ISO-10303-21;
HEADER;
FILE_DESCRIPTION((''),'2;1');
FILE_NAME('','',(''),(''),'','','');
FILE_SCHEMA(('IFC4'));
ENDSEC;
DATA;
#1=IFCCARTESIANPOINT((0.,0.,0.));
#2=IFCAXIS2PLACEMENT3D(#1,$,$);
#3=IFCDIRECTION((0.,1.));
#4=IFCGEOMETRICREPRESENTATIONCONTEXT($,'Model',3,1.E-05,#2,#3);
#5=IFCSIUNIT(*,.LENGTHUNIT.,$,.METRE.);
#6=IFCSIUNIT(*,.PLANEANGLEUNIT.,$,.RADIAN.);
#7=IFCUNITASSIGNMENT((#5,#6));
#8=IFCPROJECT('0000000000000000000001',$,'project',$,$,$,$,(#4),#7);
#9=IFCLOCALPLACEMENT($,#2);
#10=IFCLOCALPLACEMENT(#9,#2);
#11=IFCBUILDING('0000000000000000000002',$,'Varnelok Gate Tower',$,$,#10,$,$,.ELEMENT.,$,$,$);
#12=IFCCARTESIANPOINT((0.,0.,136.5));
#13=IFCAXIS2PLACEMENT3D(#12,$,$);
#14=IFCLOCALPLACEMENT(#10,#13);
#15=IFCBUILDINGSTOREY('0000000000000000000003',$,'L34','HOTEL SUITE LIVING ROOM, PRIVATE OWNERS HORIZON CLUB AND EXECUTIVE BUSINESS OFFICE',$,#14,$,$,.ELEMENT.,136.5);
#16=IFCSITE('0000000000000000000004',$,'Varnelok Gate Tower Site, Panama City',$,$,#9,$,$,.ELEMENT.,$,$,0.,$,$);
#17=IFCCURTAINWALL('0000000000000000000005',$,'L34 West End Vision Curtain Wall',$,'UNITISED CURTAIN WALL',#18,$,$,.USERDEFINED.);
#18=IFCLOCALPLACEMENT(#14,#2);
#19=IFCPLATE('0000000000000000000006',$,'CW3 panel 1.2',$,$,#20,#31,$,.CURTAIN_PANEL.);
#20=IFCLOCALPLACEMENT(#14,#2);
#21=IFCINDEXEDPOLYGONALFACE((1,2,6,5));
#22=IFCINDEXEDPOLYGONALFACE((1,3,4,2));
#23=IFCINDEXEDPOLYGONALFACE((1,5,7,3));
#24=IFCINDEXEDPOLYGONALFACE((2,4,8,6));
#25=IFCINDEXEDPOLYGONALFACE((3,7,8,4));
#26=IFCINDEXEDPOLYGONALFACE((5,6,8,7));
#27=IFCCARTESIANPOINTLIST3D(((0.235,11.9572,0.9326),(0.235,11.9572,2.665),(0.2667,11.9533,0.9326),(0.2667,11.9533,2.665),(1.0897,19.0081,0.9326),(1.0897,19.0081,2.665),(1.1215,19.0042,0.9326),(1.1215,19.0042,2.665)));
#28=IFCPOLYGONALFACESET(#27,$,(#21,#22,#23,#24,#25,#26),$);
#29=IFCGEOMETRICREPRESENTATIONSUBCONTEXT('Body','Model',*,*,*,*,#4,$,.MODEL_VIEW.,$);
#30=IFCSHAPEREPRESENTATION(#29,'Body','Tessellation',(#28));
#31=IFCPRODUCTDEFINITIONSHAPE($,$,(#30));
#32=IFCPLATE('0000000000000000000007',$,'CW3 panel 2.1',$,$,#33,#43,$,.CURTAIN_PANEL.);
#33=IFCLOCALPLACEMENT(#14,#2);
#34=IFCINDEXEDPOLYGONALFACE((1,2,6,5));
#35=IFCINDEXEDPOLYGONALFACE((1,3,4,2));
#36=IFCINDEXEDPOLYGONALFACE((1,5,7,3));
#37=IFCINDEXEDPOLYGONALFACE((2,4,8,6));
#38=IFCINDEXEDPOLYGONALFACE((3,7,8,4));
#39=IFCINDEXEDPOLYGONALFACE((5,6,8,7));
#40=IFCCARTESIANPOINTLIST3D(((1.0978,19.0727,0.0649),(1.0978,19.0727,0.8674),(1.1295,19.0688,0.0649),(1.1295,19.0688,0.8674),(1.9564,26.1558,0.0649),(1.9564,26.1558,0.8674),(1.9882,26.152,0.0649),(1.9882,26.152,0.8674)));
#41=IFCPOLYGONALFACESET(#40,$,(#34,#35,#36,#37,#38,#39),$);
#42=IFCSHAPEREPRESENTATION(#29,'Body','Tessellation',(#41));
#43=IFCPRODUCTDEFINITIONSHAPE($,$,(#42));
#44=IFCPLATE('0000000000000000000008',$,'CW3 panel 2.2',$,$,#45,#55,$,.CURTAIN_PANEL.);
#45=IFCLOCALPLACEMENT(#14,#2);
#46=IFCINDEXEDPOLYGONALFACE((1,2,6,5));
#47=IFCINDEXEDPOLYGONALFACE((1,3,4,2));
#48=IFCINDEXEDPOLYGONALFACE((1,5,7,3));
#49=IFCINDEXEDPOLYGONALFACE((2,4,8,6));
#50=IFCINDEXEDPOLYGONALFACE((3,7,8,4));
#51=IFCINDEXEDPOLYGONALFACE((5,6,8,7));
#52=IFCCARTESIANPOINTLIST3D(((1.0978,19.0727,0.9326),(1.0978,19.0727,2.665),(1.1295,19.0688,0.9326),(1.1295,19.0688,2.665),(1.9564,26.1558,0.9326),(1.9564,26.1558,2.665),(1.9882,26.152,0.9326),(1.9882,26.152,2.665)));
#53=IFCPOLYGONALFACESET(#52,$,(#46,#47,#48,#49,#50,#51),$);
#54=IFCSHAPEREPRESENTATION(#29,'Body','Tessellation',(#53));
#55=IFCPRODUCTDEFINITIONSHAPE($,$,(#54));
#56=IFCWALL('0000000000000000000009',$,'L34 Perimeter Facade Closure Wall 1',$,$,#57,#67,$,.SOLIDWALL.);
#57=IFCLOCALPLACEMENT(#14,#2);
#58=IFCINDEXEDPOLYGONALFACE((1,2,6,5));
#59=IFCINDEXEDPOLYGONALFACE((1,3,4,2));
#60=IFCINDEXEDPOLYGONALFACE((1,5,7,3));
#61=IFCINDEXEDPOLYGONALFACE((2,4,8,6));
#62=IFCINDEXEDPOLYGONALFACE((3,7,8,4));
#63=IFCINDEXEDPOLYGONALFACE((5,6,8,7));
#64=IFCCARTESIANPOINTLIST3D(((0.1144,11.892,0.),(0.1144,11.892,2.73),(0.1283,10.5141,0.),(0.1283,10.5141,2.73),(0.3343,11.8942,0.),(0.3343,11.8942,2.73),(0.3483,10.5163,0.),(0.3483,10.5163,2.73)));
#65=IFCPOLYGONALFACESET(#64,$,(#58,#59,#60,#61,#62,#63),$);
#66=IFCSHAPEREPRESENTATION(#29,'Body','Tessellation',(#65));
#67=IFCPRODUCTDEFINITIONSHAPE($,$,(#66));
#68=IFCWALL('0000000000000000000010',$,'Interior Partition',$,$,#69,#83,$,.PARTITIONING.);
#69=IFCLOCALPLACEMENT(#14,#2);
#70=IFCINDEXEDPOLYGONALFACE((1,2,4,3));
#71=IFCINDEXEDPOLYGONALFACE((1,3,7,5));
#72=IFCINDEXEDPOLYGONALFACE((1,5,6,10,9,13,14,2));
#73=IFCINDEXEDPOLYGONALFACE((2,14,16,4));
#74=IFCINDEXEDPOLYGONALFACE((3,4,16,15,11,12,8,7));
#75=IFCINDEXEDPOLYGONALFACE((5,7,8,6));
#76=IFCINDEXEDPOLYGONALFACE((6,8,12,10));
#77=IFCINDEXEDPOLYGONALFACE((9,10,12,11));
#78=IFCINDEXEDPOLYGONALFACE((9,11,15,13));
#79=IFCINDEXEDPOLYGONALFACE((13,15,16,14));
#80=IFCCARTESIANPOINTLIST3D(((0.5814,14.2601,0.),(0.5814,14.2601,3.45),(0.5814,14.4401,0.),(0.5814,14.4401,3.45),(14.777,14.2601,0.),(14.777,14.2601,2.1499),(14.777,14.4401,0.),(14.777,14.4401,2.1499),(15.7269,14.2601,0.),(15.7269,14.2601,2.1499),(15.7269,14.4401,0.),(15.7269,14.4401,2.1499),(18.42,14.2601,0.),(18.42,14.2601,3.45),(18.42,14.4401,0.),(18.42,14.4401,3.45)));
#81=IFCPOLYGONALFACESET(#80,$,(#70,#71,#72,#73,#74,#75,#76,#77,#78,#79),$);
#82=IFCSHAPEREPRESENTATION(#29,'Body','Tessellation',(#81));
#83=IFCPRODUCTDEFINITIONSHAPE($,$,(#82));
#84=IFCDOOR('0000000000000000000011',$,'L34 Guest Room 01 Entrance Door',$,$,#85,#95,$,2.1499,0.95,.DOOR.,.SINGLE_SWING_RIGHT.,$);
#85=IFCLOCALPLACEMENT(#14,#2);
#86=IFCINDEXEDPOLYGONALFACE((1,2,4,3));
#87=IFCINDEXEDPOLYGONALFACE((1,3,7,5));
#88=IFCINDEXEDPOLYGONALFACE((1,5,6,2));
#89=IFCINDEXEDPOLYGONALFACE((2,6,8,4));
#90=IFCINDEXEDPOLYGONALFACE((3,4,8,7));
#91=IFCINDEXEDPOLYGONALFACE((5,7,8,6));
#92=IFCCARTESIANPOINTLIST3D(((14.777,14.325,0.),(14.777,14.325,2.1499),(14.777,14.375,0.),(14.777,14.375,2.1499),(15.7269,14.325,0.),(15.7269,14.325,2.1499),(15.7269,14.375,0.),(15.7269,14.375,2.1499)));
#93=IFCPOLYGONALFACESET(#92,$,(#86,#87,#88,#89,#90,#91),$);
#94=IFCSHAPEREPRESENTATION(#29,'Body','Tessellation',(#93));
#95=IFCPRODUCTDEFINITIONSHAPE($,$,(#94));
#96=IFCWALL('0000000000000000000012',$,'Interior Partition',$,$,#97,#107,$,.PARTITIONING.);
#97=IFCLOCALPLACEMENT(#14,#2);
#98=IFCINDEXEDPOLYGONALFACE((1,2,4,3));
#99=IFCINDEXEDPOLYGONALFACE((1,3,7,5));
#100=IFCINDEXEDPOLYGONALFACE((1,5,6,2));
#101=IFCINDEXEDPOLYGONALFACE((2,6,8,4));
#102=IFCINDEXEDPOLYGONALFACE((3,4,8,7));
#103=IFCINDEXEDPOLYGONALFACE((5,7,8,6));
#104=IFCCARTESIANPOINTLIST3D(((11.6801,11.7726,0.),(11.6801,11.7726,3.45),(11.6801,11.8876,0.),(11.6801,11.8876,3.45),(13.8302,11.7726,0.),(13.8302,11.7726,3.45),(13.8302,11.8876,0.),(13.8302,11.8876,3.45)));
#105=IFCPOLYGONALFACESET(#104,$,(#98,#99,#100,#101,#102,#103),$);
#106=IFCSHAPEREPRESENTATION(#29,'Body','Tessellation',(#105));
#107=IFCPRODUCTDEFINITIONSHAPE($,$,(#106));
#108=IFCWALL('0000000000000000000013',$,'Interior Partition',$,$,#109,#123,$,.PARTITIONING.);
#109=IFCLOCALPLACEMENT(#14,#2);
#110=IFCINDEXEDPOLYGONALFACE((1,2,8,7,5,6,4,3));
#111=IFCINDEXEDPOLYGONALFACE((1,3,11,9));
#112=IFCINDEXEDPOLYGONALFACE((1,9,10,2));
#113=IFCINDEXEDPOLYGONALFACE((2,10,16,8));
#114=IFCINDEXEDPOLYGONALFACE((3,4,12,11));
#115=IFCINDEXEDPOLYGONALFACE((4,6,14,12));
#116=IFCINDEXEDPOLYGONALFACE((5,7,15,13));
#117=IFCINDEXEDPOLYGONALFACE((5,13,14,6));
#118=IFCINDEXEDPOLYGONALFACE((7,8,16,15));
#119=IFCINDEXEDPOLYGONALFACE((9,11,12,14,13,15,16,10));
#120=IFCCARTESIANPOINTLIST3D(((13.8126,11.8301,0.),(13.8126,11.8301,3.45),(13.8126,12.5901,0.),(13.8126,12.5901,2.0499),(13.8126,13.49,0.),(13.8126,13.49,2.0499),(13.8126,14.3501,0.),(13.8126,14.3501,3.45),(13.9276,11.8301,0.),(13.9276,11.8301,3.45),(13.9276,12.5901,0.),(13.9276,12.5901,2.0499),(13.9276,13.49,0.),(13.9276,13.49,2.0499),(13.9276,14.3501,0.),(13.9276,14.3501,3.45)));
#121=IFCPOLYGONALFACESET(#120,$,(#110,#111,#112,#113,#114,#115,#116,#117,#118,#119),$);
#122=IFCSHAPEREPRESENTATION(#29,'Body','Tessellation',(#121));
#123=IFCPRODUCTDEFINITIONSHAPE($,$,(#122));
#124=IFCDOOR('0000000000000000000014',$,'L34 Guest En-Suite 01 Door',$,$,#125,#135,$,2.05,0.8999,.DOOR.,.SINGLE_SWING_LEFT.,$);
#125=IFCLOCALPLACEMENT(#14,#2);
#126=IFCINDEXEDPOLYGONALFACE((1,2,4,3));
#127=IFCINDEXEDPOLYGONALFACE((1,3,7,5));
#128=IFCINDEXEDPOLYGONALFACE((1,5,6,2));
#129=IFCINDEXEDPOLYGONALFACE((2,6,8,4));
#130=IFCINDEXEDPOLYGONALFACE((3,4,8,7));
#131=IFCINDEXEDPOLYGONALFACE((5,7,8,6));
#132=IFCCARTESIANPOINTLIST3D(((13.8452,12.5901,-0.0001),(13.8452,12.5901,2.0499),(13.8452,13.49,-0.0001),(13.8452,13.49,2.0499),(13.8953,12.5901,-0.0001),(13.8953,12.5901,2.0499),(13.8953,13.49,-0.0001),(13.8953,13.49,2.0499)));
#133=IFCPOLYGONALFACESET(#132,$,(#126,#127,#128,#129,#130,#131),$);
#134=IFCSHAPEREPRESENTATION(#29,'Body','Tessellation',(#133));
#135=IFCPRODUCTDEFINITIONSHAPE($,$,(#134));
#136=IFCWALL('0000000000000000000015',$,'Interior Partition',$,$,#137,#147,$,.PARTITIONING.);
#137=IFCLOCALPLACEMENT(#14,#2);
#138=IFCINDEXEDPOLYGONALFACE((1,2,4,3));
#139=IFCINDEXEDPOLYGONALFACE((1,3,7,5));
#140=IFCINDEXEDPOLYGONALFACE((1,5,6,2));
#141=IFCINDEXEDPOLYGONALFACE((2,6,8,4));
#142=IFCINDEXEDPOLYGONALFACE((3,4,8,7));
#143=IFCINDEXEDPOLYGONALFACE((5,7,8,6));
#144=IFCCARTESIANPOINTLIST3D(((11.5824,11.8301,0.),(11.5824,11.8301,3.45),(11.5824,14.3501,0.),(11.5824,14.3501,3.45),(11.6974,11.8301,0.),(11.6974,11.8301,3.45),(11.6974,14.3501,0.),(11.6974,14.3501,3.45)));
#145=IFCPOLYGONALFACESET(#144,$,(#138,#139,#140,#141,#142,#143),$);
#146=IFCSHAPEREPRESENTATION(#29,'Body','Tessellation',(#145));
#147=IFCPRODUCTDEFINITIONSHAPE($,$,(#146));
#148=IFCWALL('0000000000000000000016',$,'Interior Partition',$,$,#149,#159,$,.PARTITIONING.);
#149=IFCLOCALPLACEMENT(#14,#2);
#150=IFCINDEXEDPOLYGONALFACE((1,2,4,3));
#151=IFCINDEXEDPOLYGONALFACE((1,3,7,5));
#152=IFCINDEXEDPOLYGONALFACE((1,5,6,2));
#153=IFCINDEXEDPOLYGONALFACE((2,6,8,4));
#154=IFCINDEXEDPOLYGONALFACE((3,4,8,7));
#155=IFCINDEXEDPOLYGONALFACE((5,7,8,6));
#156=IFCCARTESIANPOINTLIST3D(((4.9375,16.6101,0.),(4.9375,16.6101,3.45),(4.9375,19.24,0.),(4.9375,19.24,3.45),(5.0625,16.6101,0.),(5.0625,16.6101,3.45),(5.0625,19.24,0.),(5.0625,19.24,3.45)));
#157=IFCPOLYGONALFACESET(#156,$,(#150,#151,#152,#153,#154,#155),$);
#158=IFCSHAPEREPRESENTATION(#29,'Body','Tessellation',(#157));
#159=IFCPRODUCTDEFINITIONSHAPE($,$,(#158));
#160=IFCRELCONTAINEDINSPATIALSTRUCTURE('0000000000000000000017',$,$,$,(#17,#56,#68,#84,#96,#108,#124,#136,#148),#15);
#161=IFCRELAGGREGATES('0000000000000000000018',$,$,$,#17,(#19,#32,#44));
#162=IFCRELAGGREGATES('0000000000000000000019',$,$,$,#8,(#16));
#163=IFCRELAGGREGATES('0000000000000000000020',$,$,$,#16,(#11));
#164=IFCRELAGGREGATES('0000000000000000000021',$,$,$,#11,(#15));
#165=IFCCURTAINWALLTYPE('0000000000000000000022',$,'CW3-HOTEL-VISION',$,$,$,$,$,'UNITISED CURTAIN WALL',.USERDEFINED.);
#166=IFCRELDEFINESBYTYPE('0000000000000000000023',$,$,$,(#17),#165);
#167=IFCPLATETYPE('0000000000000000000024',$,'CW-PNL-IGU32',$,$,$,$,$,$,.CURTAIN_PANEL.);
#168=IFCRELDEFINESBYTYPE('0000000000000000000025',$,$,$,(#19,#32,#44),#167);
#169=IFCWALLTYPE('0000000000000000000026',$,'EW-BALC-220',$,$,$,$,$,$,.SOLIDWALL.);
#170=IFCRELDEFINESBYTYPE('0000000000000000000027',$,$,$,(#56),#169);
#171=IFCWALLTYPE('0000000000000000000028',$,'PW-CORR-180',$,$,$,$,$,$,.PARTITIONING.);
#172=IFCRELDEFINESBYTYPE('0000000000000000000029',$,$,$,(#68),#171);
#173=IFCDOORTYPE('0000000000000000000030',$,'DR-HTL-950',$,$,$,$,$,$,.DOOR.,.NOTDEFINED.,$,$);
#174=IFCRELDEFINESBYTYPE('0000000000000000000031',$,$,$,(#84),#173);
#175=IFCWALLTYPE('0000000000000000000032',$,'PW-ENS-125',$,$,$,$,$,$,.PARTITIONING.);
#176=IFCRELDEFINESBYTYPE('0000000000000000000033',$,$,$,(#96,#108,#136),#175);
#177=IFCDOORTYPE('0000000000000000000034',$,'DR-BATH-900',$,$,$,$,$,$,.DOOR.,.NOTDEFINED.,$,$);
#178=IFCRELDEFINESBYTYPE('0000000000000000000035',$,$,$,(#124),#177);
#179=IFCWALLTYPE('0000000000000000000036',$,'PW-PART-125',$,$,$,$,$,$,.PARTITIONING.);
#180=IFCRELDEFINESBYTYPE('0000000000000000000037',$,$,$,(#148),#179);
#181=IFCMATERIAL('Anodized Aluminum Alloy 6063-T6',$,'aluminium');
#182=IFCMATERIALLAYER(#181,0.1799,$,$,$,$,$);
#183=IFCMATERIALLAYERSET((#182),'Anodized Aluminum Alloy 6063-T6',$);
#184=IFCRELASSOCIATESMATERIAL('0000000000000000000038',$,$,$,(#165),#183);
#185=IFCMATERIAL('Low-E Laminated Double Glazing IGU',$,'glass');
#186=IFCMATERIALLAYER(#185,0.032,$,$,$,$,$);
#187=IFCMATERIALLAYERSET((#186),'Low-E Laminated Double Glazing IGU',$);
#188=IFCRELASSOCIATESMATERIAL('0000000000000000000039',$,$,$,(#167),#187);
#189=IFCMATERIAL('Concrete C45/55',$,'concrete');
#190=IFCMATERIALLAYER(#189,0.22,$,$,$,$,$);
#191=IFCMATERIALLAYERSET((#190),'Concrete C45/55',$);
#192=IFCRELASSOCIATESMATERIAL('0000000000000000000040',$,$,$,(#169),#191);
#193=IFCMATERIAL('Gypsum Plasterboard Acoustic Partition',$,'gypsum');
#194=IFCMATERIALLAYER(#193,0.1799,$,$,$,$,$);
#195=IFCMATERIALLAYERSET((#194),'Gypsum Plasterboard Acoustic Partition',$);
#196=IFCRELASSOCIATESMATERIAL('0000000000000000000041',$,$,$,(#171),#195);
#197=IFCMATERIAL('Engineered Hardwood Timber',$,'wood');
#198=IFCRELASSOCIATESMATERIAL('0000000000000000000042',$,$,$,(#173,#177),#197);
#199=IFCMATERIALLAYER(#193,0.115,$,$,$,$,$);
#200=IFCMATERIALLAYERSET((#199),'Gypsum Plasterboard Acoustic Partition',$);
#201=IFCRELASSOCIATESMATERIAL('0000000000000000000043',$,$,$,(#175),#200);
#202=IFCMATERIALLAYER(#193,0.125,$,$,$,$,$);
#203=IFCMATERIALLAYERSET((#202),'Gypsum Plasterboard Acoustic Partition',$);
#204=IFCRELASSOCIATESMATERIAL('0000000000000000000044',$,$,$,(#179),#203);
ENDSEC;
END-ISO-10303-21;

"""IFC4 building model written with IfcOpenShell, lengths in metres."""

from ifc_helpers import new_model, si_unit, direction, frame, frame_2d, origin, origin_2d, place, context, subcontext, project, spatial, rectangle, extrude, source, transform, mapped, material, layer, layer_set, type_object, element, fill, aggregate, save


model = new_model("IFC4")

# Units and contexts
model_context = context("Model", 3, precision=1e-05, world=origin(), true_north=direction((0.0, 1.0)))
body_context = subcontext(model_context, "Body", "Model", "MODEL_VIEW")
ifc_project = project(units=[si_unit("LENGTHUNIT", "METRE"), si_unit("PLANEANGLEUNIT", "RADIAN")], contexts=[model_context])

# Site, building, storey
site_placement = place(None, origin())
site = spatial("IfcSite", under=ifc_project, at=site_placement, Name="Varnelok Gate Tower Site, Panama City", CompositionType="ELEMENT", RefElevation=0.0)
building_placement = place(site_placement, origin())
building = spatial("IfcBuilding", under=site, at=building_placement, Name="Varnelok Gate Tower", CompositionType="ELEMENT")
storey_placement = place(building_placement, frame((0.0, 0.0, 136.5)))
storey = spatial("IfcBuildingStorey", under=building, at=storey_placement, Name="L34", Description="HOTEL SUITE LIVING ROOM, PRIVATE OWNERS HORIZON CLUB AND EXECUTIVE BUSINESS OFFICE", CompositionType="ELEMENT", Elevation=136.5)

# Curtain wall
ifc_material_1 = material(Name="Anodized Aluminum Alloy 6063-T6", Category="aluminium")
ifc_layer_1 = layer(ifc_material_1, 0.1799)
ifc_layer_set_1 = layer_set([ifc_layer_1], Name="Anodized Aluminum Alloy 6063-T6")
curtain_wall_type_1 = type_object("IfcCurtainWallType", Name="CW3-HOTEL-VISION", ElementType="UNITISED CURTAIN WALL", PredefinedType="USERDEFINED", material=ifc_layer_set_1)
curtain_wall_1_placement = place(storey_placement, origin())
curtain_wall_1 = element("IfcCurtainWall", 1, at=curtain_wall_1_placement, inside=storey, type_object=curtain_wall_type_1, Name="L34 West End Vision Curtain Wall", ObjectType="UNITISED CURTAIN WALL", PredefinedType="USERDEFINED")

# Plates
ifc_material_2 = material(Name="Low-E Laminated Double Glazing IGU", Category="glass")
ifc_layer_2 = layer(ifc_material_2, 0.032)
ifc_layer_set_2 = layer_set([ifc_layer_2], Name="Low-E Laminated Double Glazing IGU")
plate_type = type_object("IfcPlateType", Name="CW-PNL-IGU32", PredefinedType="CURTAIN_PANEL", material=ifc_layer_set_2)
shared_shape_1 = source(origin(), body_context, "Body", "SweptSolid", [
    extrude(rectangle(XDim=7.1025, YDim=0.032, at=origin_2d()), origin(), (0.0, 0.0, 1.0), 1.7324),
])
plate_1_placement = place(storey_placement, frame((0.6782, 15.4807, 0.9326), z_axis=(0.0, 0.0, 1.0), x_axis=(0.120347, 0.992732, 0.0)))
plate_1 = element("IfcPlate", 2, at=plate_1_placement, type_object=plate_type, Name="CW3 panel 1.2", PredefinedType="CURTAIN_PANEL", context=body_context, shape_type="MappedRepresentation", body=[
    mapped(shared_shape_1, transform((0.0, 0.0, 0.0), scale=1.0)),
])
shared_shape_2 = source(origin(), body_context, "Body", "SweptSolid", [
    extrude(rectangle(XDim=7.135, YDim=0.032, at=origin_2d()), origin(), (0.0, 0.0, 1.0), 0.8025),
])
plate_2_placement = place(storey_placement, frame((1.543, 22.6123, 0.0649), z_axis=(0.0, 0.0, 1.0), x_axis=(0.120347, 0.992732, 0.0)))
plate_2 = element("IfcPlate", 3, at=plate_2_placement, type_object=plate_type, Name="CW3 panel 2.1", PredefinedType="CURTAIN_PANEL", context=body_context, shape_type="MappedRepresentation", body=[
    mapped(shared_shape_2, transform((0.0, 0.0, 0.0), scale=1.0)),
])
shared_shape_3 = source(origin(), body_context, "Body", "SweptSolid", [
    extrude(rectangle(XDim=7.135, YDim=0.032, at=origin_2d()), origin(), (0.0, 0.0, 1.0), 1.7324),
])
plate_3_placement = place(storey_placement, frame((1.543, 22.6123, 0.9326), z_axis=(0.0, 0.0, 1.0), x_axis=(0.120347, 0.992732, 0.0)))
plate_3 = element("IfcPlate", 4, at=plate_3_placement, type_object=plate_type, Name="CW3 panel 2.2", PredefinedType="CURTAIN_PANEL", context=body_context, shape_type="MappedRepresentation", body=[
    mapped(shared_shape_3, transform((0.0, 0.0, 0.0), scale=1.0)),
])
aggregate(curtain_wall_1, [plate_1, plate_2, plate_3])

# Wall
ifc_material_3 = material(Name="Concrete C45/55", Category="concrete")
ifc_layer_3 = layer(ifc_material_3, 0.22)
ifc_layer_set_3 = layer_set([ifc_layer_3], Name="Concrete C45/55")
wall_type_1 = type_object("IfcWallType", Name="EW-BALC-220", PredefinedType="SOLIDWALL", material=ifc_layer_set_3)
wall_1_placement = place(storey_placement, frame((0.2244, 11.8931, 0.0), z_axis=(0.0, 0.0, 1.0), x_axis=(0.010099, -0.999949, 0.0)))
element("IfcWall", 5, at=wall_1_placement, inside=storey, type_object=wall_type_1, Name="L34 Perimeter Facade Closure Wall 1", PredefinedType="SOLIDWALL", context=body_context, shape_type="SweptSolid", body=[
    extrude(rectangle(XDim=1.3779, YDim=0.22, at=frame_2d((0.689, 0.0))), origin(), (0.0, 0.0, 1.0), 2.73),
])

# Wall, opening, door
ifc_material_4 = material(Name="Gypsum Plasterboard Acoustic Partition", Category="gypsum")
ifc_layer_4 = layer(ifc_material_4, 0.1799)
ifc_layer_set_4 = layer_set([ifc_layer_4], Name="Gypsum Plasterboard Acoustic Partition")
wall_type_2 = type_object("IfcWallType", Name="PW-CORR-180", PredefinedType="PARTITIONING", material=ifc_layer_set_4)
wall_2_placement = place(storey_placement, frame((0.5813, 14.3501, 0.0), z_axis=(0.0, 0.0, 1.0), x_axis=(1.0, 0.0, 0.0)))
wall_2 = element("IfcWall", 6, at=wall_2_placement, inside=storey, type_object=wall_type_2, Name="Interior Partition", PredefinedType="PARTITIONING", context=body_context, shape_type="SweptSolid", body=[
    extrude(rectangle(XDim=17.8386, YDim=0.1799, at=frame_2d((8.9194, 0.0))), origin(), (0.0, 0.0, 1.0), 3.45),
])
opening_1_placement = place(wall_2_placement, frame((14.1956, 0.0, 0.0)))
opening_1 = element("IfcOpeningElement", 7, at=opening_1_placement, cuts=wall_2, PredefinedType="OPENING", context=body_context, shape_type="SweptSolid", body=[
    extrude(rectangle(XDim=0.95, YDim=2.1499, at=frame_2d((0.4751, 1.075))), frame((0.0, 0.0999, 0.0), z_axis=(0.0, -1.0, 0.0), x_axis=(1.0, 0.0, 0.0)), (0.0, 0.0, 1.0), 0.2),
])
ifc_material_5 = material(Name="Engineered Hardwood Timber", Category="wood")
door_type_1 = type_object("IfcDoorType", Name="DR-HTL-950", OperationType="NOTDEFINED", PredefinedType="DOOR", material=ifc_material_5)
door_1_placement = place(opening_1_placement, origin())
door_1 = element("IfcDoor", 8, at=door_1_placement, inside=storey, type_object=door_type_1, Name="L34 Guest Room 01 Entrance Door", OperationType="SINGLE_SWING_RIGHT", OverallHeight=2.1499, OverallWidth=0.95, PredefinedType="DOOR", context=body_context, shape_type="SweptSolid", body=[
    extrude(rectangle(XDim=0.95, YDim=2.1499, at=frame_2d((0.4751, 1.075))), frame((0.0, 0.0249, 0.0), z_axis=(0.0, -1.0, 0.0), x_axis=(1.0, 0.0, 0.0)), (0.0, 0.0, 1.0), 0.05),
])
fill(opening_1, door_1)

# Wall
ifc_layer_5 = layer(ifc_material_4, 0.115)
ifc_layer_set_5 = layer_set([ifc_layer_5], Name="Gypsum Plasterboard Acoustic Partition")
wall_type_3 = type_object("IfcWallType", Name="PW-ENS-125", PredefinedType="PARTITIONING", material=ifc_layer_set_5)
wall_3_placement = place(storey_placement, frame((11.6799, 11.8301, 0.0), z_axis=(0.0, 0.0, 1.0), x_axis=(1.0, 0.0, 0.0)))
element("IfcWall", 9, at=wall_3_placement, inside=storey, type_object=wall_type_3, Name="Interior Partition", PredefinedType="PARTITIONING", context=body_context, shape_type="SweptSolid", body=[
    extrude(rectangle(XDim=2.1501, YDim=0.115, at=frame_2d((1.0752, 0.0))), origin(), (0.0, 0.0, 1.0), 3.45),
])

# Wall, opening, door
wall_4_placement = place(storey_placement, frame((13.8701, 11.8301, 0.0), z_axis=(0.0, 0.0, 1.0), x_axis=(0.0, 1.0, 0.0)))
wall_4 = element("IfcWall", 10, at=wall_4_placement, inside=storey, type_object=wall_type_3, Name="Interior Partition", PredefinedType="PARTITIONING", context=body_context, shape_type="SweptSolid", body=[
    extrude(rectangle(XDim=2.52, YDim=0.115, at=frame_2d((1.26, 0.0))), origin(), (0.0, 0.0, 1.0), 3.45),
])
opening_2_placement = place(wall_4_placement, frame((0.76, 0.0, 0.0)))
opening_2 = element("IfcOpeningElement", 11, at=opening_2_placement, cuts=wall_4, PredefinedType="OPENING", context=body_context, shape_type="SweptSolid", body=[
    extrude(rectangle(XDim=0.8999, YDim=2.05, at=frame_2d((0.45, 1.0249))), frame((0.0, 0.0674, 0.0), z_axis=(0.0, -1.0, 0.0), x_axis=(1.0, 0.0, 0.0)), (0.0, 0.0, 1.0), 0.135),
])
door_type_2 = type_object("IfcDoorType", Name="DR-BATH-900", OperationType="NOTDEFINED", PredefinedType="DOOR", material=ifc_material_5)
door_2_placement = place(opening_2_placement, origin())
door_2 = element("IfcDoor", 12, at=door_2_placement, inside=storey, type_object=door_type_2, Name="L34 Guest En-Suite 01 Door", OperationType="SINGLE_SWING_LEFT", OverallHeight=2.05, OverallWidth=0.8999, PredefinedType="DOOR", context=body_context, shape_type="SweptSolid", body=[
    extrude(rectangle(XDim=0.8999, YDim=2.05, at=frame_2d((0.45, 1.0249))), frame((0.0, 0.0249, 0.0), z_axis=(0.0, -1.0, 0.0), x_axis=(1.0, 0.0, 0.0)), (0.0, 0.0, 1.0), 0.05),
])
fill(opening_2, door_2)

# Walls
wall_5_placement = place(storey_placement, frame((11.6399, 11.8301, 0.0), z_axis=(0.0, 0.0, 1.0), x_axis=(0.0, 1.0, 0.0)))
element("IfcWall", 13, at=wall_5_placement, inside=storey, type_object=wall_type_3, Name="Interior Partition", PredefinedType="PARTITIONING", context=body_context, shape_type="SweptSolid", body=[
    extrude(rectangle(XDim=2.52, YDim=0.115, at=frame_2d((1.26, 0.0))), origin(), (0.0, 0.0, 1.0), 3.45),
])
ifc_layer_6 = layer(ifc_material_4, 0.125)
ifc_layer_set_6 = layer_set([ifc_layer_6], Name="Gypsum Plasterboard Acoustic Partition")
wall_type_4 = type_object("IfcWallType", Name="PW-PART-125", PredefinedType="PARTITIONING", material=ifc_layer_set_6)
wall_6_placement = place(storey_placement, frame((5.0, 16.6101, 0.0), z_axis=(0.0, 0.0, 1.0), x_axis=(0.0, 1.0, 0.0)))
element("IfcWall", 14, at=wall_6_placement, inside=storey, type_object=wall_type_4, Name="Interior Partition", PredefinedType="PARTITIONING", context=body_context, shape_type="SweptSolid", body=[
    extrude(rectangle(XDim=2.6299, YDim=0.125, at=frame_2d((1.3149, 0.0))), origin(), (0.0, 0.0, 1.0), 3.45),
])

save(model, "model.ifc")
